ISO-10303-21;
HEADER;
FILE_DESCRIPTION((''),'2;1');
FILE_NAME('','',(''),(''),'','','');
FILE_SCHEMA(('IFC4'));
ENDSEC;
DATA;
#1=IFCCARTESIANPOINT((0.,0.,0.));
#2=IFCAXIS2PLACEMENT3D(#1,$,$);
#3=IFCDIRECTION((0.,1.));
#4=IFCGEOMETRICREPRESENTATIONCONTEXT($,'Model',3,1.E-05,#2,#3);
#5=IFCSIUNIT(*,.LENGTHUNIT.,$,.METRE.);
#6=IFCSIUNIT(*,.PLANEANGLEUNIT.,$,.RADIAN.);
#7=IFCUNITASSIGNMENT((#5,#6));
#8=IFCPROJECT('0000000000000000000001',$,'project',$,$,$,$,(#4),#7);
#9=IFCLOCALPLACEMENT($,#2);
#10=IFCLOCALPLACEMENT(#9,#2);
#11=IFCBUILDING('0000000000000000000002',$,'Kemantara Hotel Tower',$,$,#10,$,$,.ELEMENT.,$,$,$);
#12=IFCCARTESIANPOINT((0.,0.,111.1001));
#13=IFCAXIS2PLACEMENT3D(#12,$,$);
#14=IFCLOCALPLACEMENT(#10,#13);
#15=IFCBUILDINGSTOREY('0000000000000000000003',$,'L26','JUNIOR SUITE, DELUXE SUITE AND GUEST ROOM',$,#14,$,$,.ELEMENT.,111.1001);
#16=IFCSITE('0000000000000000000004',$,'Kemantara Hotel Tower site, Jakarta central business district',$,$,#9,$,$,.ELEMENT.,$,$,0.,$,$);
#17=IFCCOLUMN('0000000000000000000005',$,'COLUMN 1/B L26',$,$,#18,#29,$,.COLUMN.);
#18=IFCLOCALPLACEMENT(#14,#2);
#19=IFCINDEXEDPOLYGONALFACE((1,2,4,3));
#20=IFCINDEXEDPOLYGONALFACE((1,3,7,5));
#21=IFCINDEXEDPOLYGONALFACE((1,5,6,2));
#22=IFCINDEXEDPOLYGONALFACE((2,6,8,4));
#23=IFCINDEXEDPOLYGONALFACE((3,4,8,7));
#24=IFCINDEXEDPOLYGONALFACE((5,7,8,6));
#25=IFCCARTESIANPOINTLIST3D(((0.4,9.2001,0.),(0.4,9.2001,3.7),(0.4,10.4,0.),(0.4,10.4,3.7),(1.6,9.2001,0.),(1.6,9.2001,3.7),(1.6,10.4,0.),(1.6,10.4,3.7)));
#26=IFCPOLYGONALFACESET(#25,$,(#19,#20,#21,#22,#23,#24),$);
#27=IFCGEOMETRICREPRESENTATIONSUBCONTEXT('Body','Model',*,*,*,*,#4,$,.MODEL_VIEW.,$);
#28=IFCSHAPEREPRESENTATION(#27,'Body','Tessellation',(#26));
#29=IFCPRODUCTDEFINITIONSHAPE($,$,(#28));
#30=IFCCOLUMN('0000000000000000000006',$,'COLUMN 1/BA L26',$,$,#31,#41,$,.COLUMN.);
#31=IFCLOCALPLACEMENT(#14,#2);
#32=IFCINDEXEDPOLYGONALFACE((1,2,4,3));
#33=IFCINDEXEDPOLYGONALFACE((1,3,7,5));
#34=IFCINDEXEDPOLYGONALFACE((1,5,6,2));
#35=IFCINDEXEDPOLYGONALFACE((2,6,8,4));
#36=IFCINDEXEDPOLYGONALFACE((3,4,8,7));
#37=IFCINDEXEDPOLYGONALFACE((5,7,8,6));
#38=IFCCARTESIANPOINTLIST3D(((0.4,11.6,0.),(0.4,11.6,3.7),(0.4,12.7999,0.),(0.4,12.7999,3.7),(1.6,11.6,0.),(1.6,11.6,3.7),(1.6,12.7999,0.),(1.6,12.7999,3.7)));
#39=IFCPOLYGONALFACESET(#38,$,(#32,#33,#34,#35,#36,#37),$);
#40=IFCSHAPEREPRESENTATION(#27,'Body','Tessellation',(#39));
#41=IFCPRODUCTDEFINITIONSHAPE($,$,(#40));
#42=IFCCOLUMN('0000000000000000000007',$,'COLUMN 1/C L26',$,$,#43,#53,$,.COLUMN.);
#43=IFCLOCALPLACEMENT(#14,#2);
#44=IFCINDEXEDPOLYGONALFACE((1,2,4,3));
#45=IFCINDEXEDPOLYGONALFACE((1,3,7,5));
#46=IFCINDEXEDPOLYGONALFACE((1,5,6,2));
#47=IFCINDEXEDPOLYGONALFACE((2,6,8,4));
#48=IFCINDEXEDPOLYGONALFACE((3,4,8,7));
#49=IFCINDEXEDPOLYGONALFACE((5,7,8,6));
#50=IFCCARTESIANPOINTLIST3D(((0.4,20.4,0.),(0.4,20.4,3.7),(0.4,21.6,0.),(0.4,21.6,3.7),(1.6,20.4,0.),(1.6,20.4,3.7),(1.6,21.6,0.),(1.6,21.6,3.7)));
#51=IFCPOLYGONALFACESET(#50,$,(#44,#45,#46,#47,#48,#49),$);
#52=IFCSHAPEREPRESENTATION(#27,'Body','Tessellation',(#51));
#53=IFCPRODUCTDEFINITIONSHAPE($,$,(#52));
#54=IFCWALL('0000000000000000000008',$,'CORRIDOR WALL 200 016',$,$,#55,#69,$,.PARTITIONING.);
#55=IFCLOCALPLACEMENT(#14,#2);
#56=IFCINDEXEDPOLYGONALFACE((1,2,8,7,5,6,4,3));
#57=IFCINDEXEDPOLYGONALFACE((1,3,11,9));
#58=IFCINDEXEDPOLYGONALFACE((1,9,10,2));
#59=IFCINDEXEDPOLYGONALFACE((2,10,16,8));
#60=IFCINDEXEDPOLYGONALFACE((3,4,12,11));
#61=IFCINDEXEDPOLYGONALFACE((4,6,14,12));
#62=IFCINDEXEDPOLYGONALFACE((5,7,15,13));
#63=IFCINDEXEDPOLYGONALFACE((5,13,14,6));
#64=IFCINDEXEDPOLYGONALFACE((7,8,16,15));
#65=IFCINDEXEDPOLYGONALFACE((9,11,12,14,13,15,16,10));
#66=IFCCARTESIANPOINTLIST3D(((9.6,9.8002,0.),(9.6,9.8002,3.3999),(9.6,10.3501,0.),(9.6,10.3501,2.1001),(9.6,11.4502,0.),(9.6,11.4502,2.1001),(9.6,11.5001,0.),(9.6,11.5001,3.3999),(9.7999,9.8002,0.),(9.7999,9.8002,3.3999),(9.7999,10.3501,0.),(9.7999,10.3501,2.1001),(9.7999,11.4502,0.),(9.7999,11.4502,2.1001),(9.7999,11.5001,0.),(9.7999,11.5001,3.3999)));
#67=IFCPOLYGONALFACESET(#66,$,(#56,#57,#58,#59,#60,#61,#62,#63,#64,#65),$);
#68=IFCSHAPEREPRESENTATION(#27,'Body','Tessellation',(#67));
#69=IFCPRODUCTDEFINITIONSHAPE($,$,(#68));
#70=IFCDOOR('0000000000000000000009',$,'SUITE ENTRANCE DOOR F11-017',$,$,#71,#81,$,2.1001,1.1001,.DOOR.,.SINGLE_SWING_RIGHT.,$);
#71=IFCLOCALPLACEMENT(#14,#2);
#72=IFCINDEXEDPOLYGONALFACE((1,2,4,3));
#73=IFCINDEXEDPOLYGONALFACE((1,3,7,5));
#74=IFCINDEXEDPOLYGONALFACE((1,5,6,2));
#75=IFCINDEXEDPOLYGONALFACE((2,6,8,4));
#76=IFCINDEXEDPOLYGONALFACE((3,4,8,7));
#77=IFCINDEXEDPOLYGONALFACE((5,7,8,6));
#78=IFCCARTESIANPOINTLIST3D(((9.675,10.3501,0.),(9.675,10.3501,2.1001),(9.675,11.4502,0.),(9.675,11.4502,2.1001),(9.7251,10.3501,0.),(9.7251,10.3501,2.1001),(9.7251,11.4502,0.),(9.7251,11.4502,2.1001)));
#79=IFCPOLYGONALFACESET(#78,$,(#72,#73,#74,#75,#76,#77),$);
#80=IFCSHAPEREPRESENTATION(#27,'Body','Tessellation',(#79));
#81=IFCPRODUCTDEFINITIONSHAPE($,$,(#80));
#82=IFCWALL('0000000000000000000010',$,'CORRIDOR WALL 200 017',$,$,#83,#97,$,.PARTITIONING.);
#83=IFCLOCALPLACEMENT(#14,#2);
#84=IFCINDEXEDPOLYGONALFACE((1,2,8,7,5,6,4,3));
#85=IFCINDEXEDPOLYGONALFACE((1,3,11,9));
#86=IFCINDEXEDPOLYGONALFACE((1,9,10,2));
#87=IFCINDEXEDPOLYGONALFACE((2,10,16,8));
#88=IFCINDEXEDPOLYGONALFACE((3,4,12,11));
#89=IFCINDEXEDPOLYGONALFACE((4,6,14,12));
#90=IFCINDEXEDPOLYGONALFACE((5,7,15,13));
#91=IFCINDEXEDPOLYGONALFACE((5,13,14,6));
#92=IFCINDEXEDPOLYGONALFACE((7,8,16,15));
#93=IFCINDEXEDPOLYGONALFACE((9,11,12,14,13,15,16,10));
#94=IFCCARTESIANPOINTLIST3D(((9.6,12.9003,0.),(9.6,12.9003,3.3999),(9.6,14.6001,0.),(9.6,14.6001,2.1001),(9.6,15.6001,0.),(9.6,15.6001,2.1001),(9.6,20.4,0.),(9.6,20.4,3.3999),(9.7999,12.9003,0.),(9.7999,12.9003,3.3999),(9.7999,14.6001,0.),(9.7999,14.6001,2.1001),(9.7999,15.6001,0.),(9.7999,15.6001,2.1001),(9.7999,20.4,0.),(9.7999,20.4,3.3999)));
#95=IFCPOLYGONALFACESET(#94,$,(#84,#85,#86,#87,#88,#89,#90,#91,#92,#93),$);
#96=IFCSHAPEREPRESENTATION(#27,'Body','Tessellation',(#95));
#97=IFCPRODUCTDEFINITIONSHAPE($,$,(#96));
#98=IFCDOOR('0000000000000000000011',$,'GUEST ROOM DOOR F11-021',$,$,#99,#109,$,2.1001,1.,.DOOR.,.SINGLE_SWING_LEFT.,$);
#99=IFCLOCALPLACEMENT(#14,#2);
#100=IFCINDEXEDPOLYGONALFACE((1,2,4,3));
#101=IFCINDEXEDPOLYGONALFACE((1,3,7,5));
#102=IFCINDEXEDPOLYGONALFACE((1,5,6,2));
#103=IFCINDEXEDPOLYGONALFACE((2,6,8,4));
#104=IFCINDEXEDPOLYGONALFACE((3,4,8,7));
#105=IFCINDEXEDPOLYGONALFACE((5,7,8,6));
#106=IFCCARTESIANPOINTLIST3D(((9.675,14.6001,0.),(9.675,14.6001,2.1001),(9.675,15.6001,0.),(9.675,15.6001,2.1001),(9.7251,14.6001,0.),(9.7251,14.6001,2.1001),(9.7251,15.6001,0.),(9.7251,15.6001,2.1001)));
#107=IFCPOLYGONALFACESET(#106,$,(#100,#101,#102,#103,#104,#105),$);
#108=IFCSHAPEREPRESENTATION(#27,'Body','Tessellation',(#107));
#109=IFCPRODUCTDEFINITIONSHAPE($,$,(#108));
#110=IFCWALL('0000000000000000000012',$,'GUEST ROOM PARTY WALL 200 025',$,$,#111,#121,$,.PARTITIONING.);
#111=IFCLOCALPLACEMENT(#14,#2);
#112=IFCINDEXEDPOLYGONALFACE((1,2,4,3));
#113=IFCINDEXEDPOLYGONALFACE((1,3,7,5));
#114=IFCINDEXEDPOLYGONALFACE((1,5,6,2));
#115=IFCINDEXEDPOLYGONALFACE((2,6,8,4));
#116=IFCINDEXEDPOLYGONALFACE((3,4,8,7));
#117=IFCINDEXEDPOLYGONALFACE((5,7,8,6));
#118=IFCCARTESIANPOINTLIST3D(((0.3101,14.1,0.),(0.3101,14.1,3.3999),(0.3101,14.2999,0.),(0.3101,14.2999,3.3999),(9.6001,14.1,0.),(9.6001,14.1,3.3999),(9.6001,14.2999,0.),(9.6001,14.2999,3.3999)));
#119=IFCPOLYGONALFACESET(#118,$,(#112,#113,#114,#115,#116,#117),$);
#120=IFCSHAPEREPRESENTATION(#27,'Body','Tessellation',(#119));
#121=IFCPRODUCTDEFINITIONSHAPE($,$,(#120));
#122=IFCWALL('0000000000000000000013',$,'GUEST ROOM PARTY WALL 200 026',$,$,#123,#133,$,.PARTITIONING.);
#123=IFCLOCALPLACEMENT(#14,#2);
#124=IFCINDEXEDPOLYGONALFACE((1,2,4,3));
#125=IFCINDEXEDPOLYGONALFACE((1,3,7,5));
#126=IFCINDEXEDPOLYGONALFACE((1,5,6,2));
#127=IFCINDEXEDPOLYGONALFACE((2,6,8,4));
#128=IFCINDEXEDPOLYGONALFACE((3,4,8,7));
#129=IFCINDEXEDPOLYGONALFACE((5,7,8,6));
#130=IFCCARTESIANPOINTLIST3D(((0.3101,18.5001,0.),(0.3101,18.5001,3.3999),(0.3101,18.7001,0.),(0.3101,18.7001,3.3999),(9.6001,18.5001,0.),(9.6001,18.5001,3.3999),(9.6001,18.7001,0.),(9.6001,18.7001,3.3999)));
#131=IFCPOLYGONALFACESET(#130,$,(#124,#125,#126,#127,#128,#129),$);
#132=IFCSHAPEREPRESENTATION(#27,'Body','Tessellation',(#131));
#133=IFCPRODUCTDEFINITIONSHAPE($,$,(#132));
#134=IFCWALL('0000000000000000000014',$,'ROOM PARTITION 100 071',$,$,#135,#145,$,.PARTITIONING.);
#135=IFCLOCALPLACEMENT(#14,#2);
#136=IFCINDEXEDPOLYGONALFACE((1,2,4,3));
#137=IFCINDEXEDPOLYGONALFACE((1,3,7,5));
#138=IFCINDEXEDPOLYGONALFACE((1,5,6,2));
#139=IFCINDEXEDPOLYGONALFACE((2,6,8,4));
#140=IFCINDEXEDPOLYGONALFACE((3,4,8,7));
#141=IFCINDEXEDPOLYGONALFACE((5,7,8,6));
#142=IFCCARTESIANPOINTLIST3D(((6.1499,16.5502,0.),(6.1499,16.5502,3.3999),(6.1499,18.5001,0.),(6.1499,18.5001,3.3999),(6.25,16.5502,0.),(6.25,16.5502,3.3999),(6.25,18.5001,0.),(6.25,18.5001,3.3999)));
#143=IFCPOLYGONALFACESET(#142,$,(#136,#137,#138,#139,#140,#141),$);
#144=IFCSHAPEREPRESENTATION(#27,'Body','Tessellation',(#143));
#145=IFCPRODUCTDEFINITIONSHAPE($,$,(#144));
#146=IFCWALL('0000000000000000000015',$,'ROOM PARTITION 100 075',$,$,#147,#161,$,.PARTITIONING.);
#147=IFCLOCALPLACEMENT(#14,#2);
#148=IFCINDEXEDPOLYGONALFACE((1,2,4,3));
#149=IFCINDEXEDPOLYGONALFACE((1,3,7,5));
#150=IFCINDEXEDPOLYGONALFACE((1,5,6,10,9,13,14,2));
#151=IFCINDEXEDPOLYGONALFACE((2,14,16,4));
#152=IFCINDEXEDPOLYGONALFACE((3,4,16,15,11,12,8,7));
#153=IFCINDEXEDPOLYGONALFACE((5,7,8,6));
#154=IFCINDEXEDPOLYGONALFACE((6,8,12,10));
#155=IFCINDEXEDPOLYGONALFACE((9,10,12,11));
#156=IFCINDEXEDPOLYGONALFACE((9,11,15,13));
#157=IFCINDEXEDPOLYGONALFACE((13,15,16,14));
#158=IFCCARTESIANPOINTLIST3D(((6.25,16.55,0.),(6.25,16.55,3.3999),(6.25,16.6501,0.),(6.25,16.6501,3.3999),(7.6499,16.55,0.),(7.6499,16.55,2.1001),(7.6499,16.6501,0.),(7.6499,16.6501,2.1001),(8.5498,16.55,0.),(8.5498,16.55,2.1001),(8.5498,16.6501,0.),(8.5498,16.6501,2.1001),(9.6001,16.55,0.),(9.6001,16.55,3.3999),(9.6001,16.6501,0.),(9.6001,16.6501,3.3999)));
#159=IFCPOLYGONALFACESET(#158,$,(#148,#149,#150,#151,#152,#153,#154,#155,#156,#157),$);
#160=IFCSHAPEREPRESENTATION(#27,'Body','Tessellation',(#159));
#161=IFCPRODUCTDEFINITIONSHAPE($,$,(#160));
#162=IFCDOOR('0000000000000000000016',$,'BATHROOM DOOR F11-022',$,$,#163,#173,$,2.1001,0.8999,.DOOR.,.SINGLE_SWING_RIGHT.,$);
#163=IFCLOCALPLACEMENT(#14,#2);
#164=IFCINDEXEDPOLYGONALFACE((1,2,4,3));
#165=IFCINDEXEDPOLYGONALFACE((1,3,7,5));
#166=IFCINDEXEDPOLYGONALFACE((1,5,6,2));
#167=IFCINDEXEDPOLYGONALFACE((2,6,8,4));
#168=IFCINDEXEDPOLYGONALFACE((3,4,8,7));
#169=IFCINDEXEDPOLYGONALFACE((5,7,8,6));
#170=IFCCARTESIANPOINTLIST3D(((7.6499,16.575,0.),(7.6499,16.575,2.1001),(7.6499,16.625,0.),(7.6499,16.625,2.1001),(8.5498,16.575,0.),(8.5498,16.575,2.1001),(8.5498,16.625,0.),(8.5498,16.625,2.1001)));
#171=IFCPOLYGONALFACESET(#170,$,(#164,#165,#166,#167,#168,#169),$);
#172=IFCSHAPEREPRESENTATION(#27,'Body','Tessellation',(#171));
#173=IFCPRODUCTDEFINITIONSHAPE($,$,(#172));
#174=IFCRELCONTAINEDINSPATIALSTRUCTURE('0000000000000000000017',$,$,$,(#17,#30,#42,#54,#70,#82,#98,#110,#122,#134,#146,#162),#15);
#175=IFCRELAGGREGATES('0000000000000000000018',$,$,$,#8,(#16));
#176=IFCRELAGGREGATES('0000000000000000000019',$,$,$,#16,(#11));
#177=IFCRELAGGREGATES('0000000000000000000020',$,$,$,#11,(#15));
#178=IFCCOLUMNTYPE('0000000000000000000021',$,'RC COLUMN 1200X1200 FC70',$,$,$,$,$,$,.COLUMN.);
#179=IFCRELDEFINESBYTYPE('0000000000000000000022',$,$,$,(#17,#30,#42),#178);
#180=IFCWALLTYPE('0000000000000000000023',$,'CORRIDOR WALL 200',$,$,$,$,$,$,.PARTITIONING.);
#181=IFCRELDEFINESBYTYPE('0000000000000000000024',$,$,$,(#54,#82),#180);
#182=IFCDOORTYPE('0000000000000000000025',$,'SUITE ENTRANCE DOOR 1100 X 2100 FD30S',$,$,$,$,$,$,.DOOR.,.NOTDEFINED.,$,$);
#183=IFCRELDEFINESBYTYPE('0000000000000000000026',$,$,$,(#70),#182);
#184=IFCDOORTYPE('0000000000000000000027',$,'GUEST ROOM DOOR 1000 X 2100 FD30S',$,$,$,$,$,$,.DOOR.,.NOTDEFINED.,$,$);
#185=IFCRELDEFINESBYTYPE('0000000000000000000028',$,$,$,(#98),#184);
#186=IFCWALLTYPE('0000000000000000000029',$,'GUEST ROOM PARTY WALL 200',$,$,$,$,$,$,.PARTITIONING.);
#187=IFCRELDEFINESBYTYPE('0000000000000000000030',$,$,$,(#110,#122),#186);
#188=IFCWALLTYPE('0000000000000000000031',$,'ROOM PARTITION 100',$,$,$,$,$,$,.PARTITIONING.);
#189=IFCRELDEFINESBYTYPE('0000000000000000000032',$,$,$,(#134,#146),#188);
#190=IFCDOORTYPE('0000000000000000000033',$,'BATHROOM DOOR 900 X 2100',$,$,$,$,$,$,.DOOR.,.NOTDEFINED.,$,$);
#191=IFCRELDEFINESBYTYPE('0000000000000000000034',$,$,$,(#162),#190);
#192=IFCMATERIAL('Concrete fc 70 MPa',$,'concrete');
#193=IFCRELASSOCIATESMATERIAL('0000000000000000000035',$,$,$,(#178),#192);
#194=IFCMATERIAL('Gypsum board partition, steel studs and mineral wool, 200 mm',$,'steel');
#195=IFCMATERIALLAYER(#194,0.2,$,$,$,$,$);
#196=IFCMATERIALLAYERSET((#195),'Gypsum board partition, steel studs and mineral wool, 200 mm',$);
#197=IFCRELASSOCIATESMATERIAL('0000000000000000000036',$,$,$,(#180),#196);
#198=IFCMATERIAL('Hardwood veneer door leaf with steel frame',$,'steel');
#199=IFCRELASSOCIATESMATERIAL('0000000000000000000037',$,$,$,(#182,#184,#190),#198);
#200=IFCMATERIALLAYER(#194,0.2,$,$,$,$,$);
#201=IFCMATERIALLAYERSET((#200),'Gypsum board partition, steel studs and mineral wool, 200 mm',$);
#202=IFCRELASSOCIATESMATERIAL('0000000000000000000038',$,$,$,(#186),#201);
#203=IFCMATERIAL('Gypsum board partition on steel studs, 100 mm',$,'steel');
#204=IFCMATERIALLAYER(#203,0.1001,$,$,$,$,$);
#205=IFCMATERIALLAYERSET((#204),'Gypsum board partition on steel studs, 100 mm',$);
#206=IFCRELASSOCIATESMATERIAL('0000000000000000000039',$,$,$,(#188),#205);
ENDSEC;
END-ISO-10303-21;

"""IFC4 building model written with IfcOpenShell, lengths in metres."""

from ifc_helpers import new_model, si_unit, direction, frame, frame_2d, origin, origin_2d, place, context, subcontext, project, spatial, rectangle, extrude, material, layer, layer_set, material_profile, profile_set, type_object, element, fill, save


model = new_model("IFC4")

# Units and contexts
model_context = context("Model", 3, precision=1e-05, world=origin(), true_north=direction((0.0, 1.0)))
body_context = subcontext(model_context, "Body", "Model", "MODEL_VIEW")
ifc_project = project(units=[si_unit("LENGTHUNIT", "METRE"), si_unit("PLANEANGLEUNIT", "RADIAN")], contexts=[model_context])

# Site, building, storey
site_placement = place(None, origin())
site = spatial("IfcSite", under=ifc_project, at=site_placement, Name="Kemantara Hotel Tower site, Jakarta central business district", CompositionType="ELEMENT", RefElevation=0.0)
building_placement = place(site_placement, origin())
building = spatial("IfcBuilding", under=site, at=building_placement, Name="Kemantara Hotel Tower", CompositionType="ELEMENT")
storey_placement = place(building_placement, frame((0.0, 0.0, 111.1001)))
storey = spatial("IfcBuildingStorey", under=building, at=storey_placement, Name="L26", Description="JUNIOR SUITE, DELUXE SUITE AND GUEST ROOM", CompositionType="ELEMENT", Elevation=111.1001)

# Columns
ifc_material_1 = material(Name="Concrete fc 70 MPa", Category="concrete")
ifc_material_profile = material_profile(ifc_material_1, rectangle(XDim=1.2, YDim=1.2, at=origin_2d()), Name="RC 1200X1200")
ifc_profile_set = profile_set([ifc_material_profile], Name="Concrete fc 70 MPa")
column_type = type_object("IfcColumnType", Name="RC COLUMN 1200X1200 FC70", PredefinedType="COLUMN", material=ifc_profile_set)
for number, where, z_axis, x_axis, name in (
    (1, (1.0, 9.8, 0.0), (0.0, 0.0, 1.0), (1.0, 0.0, 0.0), "COLUMN 1/B L26"),
    (2, (1.0, 12.2, 0.0), (0.0, 0.0, 1.0), (1.0, 0.0, 0.0), "COLUMN 1/BA L26"),
    (3, (1.0, 21.0, 0.0), (0.0, 0.0, 1.0), (1.0, 0.0, 0.0), "COLUMN 1/C L26"),
):
    element("IfcColumn", number, at=place(storey_placement, frame(where, z_axis=z_axis, x_axis=x_axis)), inside=storey, type_object=column_type, Name=name, PredefinedType="COLUMN", context=body_context, shape_type="SweptSolid", body=[
        extrude(rectangle(XDim=1.2, YDim=1.2, at=origin_2d()), origin(), (0.0, 0.0, 1.0), 3.7),
    ])

# Walls, openings, doors
ifc_material_2 = material(Name="Gypsum board partition, steel studs and mineral wool, 200 mm", Category="steel")
ifc_layer_1 = layer(ifc_material_2, 0.2)
ifc_layer_set_1 = layer_set([ifc_layer_1], Name="Gypsum board partition, steel studs and mineral wool, 200 mm")
wall_type_1 = type_object("IfcWallType", Name="CORRIDOR WALL 200", PredefinedType="PARTITIONING", material=ifc_layer_set_1)
wall_1_placement = place(storey_placement, frame((9.7, 9.8, 0.0), z_axis=(0.0, 0.0, 1.0), x_axis=(0.0, 1.0, 0.0)))
wall_1 = element("IfcWall", 4, at=wall_1_placement, inside=storey, type_object=wall_type_1, Name="CORRIDOR WALL 200 016", PredefinedType="PARTITIONING", context=body_context, shape_type="SweptSolid", body=[
    extrude(rectangle(XDim=1.7, YDim=0.2, at=frame_2d((0.8501, 0.0))), origin(), (0.0, 0.0, 1.0), 3.3999),
])
opening_1_placement = place(wall_1_placement, frame((0.55, 0.0, 0.0)))
opening_1 = element("IfcOpeningElement", 5, at=opening_1_placement, cuts=wall_1, PredefinedType="OPENING", context=body_context, shape_type="SweptSolid", body=[
    extrude(rectangle(XDim=1.1001, YDim=2.1001, at=frame_2d((0.55, 1.05))), frame((0.0, 0.1099, 0.0), z_axis=(0.0, -1.0, 0.0), x_axis=(1.0, 0.0, 0.0)), (0.0, 0.0, 1.0), 0.22),
])
ifc_material_3 = material(Name="Hardwood veneer door leaf with steel frame", Category="steel")
door_type_1 = type_object("IfcDoorType", Name="SUITE ENTRANCE DOOR 1100 X 2100 FD30S", OperationType="NOTDEFINED", PredefinedType="DOOR", material=ifc_material_3)
door_1_placement = place(opening_1_placement, origin())
door_1 = element("IfcDoor", 6, at=door_1_placement, inside=storey, type_object=door_type_1, Name="SUITE ENTRANCE DOOR F11-017", OperationType="SINGLE_SWING_RIGHT", OverallHeight=2.1001, OverallWidth=1.1001, PredefinedType="DOOR", context=body_context, shape_type="SweptSolid", body=[
    extrude(rectangle(XDim=1.1001, YDim=2.1001, at=frame_2d((0.55, 1.05))), frame((0.0, 0.0249, 0.0), z_axis=(0.0, -1.0, 0.0), x_axis=(1.0, 0.0, 0.0)), (0.0, 0.0, 1.0), 0.05),
])
fill(opening_1, door_1)
wall_2_placement = place(storey_placement, frame((9.7, 12.9001, 0.0), z_axis=(0.0, 0.0, 1.0), x_axis=(0.0, 1.0, 0.0)))
wall_2 = element("IfcWall", 7, at=wall_2_placement, inside=storey, type_object=wall_type_1, Name="CORRIDOR WALL 200 017", PredefinedType="PARTITIONING", context=body_context, shape_type="SweptSolid", body=[
    extrude(rectangle(XDim=7.4998, YDim=0.2, at=frame_2d((3.75, 0.0))), origin(), (0.0, 0.0, 1.0), 3.3999),
])
opening_2_placement = place(wall_2_placement, frame((1.7, 0.0, 0.0)))
opening_2 = element("IfcOpeningElement", 8, at=opening_2_placement, cuts=wall_2, PredefinedType="OPENING", context=body_context, shape_type="SweptSolid", body=[
    extrude(rectangle(XDim=1.0, YDim=2.1001, at=frame_2d((0.5, 1.05))), frame((0.0, 0.1099, 0.0), z_axis=(0.0, -1.0, 0.0), x_axis=(1.0, 0.0, 0.0)), (0.0, 0.0, 1.0), 0.22),
])
door_type_2 = type_object("IfcDoorType", Name="GUEST ROOM DOOR 1000 X 2100 FD30S", OperationType="NOTDEFINED", PredefinedType="DOOR", material=ifc_material_3)
door_2_placement = place(opening_2_placement, origin())
door_2 = element("IfcDoor", 9, at=door_2_placement, inside=storey, type_object=door_type_2, Name="GUEST ROOM DOOR F11-021", OperationType="SINGLE_SWING_LEFT", OverallHeight=2.1001, OverallWidth=1.0, PredefinedType="DOOR", context=body_context, shape_type="SweptSolid", body=[
    extrude(rectangle(XDim=1.0, YDim=2.1001, at=frame_2d((0.5, 1.05))), frame((0.0, 0.0249, 0.0), z_axis=(0.0, -1.0, 0.0), x_axis=(1.0, 0.0, 0.0)), (0.0, 0.0, 1.0), 0.05),
])
fill(opening_2, door_2)

# Walls
ifc_layer_2 = layer(ifc_material_2, 0.2)
ifc_layer_set_2 = layer_set([ifc_layer_2], Name="Gypsum board partition, steel studs and mineral wool, 200 mm")
wall_type_2 = type_object("IfcWallType", Name="GUEST ROOM PARTY WALL 200", PredefinedType="PARTITIONING", material=ifc_layer_set_2)
for number, where, z_axis, x_axis, name in (
    (10, (0.3101, 14.2, 0.0), (0.0, 0.0, 1.0), (1.0, 0.0, 0.0), "GUEST ROOM PARTY WALL 200 025"),
    (11, (0.3101, 18.6001, 0.0), (0.0, 0.0, 1.0), (1.0, 0.0, 0.0), "GUEST ROOM PARTY WALL 200 026"),
):
    element("IfcWall", number, at=place(storey_placement, frame(where, z_axis=z_axis, x_axis=x_axis)), inside=storey, type_object=wall_type_2, Name=name, PredefinedType="PARTITIONING", context=body_context, shape_type="SweptSolid", body=[
        extrude(rectangle(XDim=9.29, YDim=0.2, at=frame_2d((4.645, 0.0))), origin(), (0.0, 0.0, 1.0), 3.3999),
    ])
ifc_material_4 = material(Name="Gypsum board partition on steel studs, 100 mm", Category="steel")
ifc_layer_3 = layer(ifc_material_4, 0.1001)
ifc_layer_set_3 = layer_set([ifc_layer_3], Name="Gypsum board partition on steel studs, 100 mm")
wall_type_3 = type_object("IfcWallType", Name="ROOM PARTITION 100", PredefinedType="PARTITIONING", material=ifc_layer_set_3)
wall_3_placement = place(storey_placement, frame((6.2, 16.55, 0.0), z_axis=(0.0, 0.0, 1.0), x_axis=(0.0, 1.0, 0.0)))
element("IfcWall", 12, at=wall_3_placement, inside=storey, type_object=wall_type_3, Name="ROOM PARTITION 100 071", PredefinedType="PARTITIONING", context=body_context, shape_type="SweptSolid", body=[
    extrude(rectangle(XDim=1.95, YDim=0.1001, at=frame_2d((0.9751, 0.0))), origin(), (0.0, 0.0, 1.0), 3.3999),
])

# Wall, opening, door
wall_4_placement = place(storey_placement, frame((6.25, 16.6001, 0.0), z_axis=(0.0, 0.0, 1.0), x_axis=(1.0, 0.0, 0.0)))
wall_4 = element("IfcWall", 13, at=wall_4_placement, inside=storey, type_object=wall_type_3, Name="ROOM PARTITION 100 075", PredefinedType="PARTITIONING", context=body_context, shape_type="SweptSolid", body=[
    extrude(rectangle(XDim=3.3501, YDim=0.1001, at=frame_2d((1.675, 0.0))), origin(), (0.0, 0.0, 1.0), 3.3999),
])
opening_3_placement = place(wall_4_placement, frame((1.3999, 0.0, 0.0)))
opening_3 = element("IfcOpeningElement", 14, at=opening_3_placement, cuts=wall_4, PredefinedType="OPENING", context=body_context, shape_type="SweptSolid", body=[
    extrude(rectangle(XDim=0.8999, YDim=2.1001, at=frame_2d((0.45, 1.05))), frame((0.0, 0.0601, 0.0), z_axis=(0.0, -1.0, 0.0), x_axis=(1.0, 0.0, 0.0)), (0.0, 0.0, 1.0), 0.1201),
])
door_type_3 = type_object("IfcDoorType", Name="BATHROOM DOOR 900 X 2100", OperationType="NOTDEFINED", PredefinedType="DOOR", material=ifc_material_3)
door_3_placement = place(opening_3_placement, origin())
door_3 = element("IfcDoor", 15, at=door_3_placement, inside=storey, type_object=door_type_3, Name="BATHROOM DOOR F11-022", OperationType="SINGLE_SWING_RIGHT", OverallHeight=2.1001, OverallWidth=0.8999, PredefinedType="DOOR", context=body_context, shape_type="SweptSolid", body=[
    extrude(rectangle(XDim=0.8999, YDim=2.1001, at=frame_2d((0.45, 1.05))), frame((0.0, 0.0249, 0.0), z_axis=(0.0, -1.0, 0.0), x_axis=(1.0, 0.0, 0.0)), (0.0, 0.0, 1.0), 0.05),
])
fill(opening_3, door_3)

save(model, "model.ifc")
